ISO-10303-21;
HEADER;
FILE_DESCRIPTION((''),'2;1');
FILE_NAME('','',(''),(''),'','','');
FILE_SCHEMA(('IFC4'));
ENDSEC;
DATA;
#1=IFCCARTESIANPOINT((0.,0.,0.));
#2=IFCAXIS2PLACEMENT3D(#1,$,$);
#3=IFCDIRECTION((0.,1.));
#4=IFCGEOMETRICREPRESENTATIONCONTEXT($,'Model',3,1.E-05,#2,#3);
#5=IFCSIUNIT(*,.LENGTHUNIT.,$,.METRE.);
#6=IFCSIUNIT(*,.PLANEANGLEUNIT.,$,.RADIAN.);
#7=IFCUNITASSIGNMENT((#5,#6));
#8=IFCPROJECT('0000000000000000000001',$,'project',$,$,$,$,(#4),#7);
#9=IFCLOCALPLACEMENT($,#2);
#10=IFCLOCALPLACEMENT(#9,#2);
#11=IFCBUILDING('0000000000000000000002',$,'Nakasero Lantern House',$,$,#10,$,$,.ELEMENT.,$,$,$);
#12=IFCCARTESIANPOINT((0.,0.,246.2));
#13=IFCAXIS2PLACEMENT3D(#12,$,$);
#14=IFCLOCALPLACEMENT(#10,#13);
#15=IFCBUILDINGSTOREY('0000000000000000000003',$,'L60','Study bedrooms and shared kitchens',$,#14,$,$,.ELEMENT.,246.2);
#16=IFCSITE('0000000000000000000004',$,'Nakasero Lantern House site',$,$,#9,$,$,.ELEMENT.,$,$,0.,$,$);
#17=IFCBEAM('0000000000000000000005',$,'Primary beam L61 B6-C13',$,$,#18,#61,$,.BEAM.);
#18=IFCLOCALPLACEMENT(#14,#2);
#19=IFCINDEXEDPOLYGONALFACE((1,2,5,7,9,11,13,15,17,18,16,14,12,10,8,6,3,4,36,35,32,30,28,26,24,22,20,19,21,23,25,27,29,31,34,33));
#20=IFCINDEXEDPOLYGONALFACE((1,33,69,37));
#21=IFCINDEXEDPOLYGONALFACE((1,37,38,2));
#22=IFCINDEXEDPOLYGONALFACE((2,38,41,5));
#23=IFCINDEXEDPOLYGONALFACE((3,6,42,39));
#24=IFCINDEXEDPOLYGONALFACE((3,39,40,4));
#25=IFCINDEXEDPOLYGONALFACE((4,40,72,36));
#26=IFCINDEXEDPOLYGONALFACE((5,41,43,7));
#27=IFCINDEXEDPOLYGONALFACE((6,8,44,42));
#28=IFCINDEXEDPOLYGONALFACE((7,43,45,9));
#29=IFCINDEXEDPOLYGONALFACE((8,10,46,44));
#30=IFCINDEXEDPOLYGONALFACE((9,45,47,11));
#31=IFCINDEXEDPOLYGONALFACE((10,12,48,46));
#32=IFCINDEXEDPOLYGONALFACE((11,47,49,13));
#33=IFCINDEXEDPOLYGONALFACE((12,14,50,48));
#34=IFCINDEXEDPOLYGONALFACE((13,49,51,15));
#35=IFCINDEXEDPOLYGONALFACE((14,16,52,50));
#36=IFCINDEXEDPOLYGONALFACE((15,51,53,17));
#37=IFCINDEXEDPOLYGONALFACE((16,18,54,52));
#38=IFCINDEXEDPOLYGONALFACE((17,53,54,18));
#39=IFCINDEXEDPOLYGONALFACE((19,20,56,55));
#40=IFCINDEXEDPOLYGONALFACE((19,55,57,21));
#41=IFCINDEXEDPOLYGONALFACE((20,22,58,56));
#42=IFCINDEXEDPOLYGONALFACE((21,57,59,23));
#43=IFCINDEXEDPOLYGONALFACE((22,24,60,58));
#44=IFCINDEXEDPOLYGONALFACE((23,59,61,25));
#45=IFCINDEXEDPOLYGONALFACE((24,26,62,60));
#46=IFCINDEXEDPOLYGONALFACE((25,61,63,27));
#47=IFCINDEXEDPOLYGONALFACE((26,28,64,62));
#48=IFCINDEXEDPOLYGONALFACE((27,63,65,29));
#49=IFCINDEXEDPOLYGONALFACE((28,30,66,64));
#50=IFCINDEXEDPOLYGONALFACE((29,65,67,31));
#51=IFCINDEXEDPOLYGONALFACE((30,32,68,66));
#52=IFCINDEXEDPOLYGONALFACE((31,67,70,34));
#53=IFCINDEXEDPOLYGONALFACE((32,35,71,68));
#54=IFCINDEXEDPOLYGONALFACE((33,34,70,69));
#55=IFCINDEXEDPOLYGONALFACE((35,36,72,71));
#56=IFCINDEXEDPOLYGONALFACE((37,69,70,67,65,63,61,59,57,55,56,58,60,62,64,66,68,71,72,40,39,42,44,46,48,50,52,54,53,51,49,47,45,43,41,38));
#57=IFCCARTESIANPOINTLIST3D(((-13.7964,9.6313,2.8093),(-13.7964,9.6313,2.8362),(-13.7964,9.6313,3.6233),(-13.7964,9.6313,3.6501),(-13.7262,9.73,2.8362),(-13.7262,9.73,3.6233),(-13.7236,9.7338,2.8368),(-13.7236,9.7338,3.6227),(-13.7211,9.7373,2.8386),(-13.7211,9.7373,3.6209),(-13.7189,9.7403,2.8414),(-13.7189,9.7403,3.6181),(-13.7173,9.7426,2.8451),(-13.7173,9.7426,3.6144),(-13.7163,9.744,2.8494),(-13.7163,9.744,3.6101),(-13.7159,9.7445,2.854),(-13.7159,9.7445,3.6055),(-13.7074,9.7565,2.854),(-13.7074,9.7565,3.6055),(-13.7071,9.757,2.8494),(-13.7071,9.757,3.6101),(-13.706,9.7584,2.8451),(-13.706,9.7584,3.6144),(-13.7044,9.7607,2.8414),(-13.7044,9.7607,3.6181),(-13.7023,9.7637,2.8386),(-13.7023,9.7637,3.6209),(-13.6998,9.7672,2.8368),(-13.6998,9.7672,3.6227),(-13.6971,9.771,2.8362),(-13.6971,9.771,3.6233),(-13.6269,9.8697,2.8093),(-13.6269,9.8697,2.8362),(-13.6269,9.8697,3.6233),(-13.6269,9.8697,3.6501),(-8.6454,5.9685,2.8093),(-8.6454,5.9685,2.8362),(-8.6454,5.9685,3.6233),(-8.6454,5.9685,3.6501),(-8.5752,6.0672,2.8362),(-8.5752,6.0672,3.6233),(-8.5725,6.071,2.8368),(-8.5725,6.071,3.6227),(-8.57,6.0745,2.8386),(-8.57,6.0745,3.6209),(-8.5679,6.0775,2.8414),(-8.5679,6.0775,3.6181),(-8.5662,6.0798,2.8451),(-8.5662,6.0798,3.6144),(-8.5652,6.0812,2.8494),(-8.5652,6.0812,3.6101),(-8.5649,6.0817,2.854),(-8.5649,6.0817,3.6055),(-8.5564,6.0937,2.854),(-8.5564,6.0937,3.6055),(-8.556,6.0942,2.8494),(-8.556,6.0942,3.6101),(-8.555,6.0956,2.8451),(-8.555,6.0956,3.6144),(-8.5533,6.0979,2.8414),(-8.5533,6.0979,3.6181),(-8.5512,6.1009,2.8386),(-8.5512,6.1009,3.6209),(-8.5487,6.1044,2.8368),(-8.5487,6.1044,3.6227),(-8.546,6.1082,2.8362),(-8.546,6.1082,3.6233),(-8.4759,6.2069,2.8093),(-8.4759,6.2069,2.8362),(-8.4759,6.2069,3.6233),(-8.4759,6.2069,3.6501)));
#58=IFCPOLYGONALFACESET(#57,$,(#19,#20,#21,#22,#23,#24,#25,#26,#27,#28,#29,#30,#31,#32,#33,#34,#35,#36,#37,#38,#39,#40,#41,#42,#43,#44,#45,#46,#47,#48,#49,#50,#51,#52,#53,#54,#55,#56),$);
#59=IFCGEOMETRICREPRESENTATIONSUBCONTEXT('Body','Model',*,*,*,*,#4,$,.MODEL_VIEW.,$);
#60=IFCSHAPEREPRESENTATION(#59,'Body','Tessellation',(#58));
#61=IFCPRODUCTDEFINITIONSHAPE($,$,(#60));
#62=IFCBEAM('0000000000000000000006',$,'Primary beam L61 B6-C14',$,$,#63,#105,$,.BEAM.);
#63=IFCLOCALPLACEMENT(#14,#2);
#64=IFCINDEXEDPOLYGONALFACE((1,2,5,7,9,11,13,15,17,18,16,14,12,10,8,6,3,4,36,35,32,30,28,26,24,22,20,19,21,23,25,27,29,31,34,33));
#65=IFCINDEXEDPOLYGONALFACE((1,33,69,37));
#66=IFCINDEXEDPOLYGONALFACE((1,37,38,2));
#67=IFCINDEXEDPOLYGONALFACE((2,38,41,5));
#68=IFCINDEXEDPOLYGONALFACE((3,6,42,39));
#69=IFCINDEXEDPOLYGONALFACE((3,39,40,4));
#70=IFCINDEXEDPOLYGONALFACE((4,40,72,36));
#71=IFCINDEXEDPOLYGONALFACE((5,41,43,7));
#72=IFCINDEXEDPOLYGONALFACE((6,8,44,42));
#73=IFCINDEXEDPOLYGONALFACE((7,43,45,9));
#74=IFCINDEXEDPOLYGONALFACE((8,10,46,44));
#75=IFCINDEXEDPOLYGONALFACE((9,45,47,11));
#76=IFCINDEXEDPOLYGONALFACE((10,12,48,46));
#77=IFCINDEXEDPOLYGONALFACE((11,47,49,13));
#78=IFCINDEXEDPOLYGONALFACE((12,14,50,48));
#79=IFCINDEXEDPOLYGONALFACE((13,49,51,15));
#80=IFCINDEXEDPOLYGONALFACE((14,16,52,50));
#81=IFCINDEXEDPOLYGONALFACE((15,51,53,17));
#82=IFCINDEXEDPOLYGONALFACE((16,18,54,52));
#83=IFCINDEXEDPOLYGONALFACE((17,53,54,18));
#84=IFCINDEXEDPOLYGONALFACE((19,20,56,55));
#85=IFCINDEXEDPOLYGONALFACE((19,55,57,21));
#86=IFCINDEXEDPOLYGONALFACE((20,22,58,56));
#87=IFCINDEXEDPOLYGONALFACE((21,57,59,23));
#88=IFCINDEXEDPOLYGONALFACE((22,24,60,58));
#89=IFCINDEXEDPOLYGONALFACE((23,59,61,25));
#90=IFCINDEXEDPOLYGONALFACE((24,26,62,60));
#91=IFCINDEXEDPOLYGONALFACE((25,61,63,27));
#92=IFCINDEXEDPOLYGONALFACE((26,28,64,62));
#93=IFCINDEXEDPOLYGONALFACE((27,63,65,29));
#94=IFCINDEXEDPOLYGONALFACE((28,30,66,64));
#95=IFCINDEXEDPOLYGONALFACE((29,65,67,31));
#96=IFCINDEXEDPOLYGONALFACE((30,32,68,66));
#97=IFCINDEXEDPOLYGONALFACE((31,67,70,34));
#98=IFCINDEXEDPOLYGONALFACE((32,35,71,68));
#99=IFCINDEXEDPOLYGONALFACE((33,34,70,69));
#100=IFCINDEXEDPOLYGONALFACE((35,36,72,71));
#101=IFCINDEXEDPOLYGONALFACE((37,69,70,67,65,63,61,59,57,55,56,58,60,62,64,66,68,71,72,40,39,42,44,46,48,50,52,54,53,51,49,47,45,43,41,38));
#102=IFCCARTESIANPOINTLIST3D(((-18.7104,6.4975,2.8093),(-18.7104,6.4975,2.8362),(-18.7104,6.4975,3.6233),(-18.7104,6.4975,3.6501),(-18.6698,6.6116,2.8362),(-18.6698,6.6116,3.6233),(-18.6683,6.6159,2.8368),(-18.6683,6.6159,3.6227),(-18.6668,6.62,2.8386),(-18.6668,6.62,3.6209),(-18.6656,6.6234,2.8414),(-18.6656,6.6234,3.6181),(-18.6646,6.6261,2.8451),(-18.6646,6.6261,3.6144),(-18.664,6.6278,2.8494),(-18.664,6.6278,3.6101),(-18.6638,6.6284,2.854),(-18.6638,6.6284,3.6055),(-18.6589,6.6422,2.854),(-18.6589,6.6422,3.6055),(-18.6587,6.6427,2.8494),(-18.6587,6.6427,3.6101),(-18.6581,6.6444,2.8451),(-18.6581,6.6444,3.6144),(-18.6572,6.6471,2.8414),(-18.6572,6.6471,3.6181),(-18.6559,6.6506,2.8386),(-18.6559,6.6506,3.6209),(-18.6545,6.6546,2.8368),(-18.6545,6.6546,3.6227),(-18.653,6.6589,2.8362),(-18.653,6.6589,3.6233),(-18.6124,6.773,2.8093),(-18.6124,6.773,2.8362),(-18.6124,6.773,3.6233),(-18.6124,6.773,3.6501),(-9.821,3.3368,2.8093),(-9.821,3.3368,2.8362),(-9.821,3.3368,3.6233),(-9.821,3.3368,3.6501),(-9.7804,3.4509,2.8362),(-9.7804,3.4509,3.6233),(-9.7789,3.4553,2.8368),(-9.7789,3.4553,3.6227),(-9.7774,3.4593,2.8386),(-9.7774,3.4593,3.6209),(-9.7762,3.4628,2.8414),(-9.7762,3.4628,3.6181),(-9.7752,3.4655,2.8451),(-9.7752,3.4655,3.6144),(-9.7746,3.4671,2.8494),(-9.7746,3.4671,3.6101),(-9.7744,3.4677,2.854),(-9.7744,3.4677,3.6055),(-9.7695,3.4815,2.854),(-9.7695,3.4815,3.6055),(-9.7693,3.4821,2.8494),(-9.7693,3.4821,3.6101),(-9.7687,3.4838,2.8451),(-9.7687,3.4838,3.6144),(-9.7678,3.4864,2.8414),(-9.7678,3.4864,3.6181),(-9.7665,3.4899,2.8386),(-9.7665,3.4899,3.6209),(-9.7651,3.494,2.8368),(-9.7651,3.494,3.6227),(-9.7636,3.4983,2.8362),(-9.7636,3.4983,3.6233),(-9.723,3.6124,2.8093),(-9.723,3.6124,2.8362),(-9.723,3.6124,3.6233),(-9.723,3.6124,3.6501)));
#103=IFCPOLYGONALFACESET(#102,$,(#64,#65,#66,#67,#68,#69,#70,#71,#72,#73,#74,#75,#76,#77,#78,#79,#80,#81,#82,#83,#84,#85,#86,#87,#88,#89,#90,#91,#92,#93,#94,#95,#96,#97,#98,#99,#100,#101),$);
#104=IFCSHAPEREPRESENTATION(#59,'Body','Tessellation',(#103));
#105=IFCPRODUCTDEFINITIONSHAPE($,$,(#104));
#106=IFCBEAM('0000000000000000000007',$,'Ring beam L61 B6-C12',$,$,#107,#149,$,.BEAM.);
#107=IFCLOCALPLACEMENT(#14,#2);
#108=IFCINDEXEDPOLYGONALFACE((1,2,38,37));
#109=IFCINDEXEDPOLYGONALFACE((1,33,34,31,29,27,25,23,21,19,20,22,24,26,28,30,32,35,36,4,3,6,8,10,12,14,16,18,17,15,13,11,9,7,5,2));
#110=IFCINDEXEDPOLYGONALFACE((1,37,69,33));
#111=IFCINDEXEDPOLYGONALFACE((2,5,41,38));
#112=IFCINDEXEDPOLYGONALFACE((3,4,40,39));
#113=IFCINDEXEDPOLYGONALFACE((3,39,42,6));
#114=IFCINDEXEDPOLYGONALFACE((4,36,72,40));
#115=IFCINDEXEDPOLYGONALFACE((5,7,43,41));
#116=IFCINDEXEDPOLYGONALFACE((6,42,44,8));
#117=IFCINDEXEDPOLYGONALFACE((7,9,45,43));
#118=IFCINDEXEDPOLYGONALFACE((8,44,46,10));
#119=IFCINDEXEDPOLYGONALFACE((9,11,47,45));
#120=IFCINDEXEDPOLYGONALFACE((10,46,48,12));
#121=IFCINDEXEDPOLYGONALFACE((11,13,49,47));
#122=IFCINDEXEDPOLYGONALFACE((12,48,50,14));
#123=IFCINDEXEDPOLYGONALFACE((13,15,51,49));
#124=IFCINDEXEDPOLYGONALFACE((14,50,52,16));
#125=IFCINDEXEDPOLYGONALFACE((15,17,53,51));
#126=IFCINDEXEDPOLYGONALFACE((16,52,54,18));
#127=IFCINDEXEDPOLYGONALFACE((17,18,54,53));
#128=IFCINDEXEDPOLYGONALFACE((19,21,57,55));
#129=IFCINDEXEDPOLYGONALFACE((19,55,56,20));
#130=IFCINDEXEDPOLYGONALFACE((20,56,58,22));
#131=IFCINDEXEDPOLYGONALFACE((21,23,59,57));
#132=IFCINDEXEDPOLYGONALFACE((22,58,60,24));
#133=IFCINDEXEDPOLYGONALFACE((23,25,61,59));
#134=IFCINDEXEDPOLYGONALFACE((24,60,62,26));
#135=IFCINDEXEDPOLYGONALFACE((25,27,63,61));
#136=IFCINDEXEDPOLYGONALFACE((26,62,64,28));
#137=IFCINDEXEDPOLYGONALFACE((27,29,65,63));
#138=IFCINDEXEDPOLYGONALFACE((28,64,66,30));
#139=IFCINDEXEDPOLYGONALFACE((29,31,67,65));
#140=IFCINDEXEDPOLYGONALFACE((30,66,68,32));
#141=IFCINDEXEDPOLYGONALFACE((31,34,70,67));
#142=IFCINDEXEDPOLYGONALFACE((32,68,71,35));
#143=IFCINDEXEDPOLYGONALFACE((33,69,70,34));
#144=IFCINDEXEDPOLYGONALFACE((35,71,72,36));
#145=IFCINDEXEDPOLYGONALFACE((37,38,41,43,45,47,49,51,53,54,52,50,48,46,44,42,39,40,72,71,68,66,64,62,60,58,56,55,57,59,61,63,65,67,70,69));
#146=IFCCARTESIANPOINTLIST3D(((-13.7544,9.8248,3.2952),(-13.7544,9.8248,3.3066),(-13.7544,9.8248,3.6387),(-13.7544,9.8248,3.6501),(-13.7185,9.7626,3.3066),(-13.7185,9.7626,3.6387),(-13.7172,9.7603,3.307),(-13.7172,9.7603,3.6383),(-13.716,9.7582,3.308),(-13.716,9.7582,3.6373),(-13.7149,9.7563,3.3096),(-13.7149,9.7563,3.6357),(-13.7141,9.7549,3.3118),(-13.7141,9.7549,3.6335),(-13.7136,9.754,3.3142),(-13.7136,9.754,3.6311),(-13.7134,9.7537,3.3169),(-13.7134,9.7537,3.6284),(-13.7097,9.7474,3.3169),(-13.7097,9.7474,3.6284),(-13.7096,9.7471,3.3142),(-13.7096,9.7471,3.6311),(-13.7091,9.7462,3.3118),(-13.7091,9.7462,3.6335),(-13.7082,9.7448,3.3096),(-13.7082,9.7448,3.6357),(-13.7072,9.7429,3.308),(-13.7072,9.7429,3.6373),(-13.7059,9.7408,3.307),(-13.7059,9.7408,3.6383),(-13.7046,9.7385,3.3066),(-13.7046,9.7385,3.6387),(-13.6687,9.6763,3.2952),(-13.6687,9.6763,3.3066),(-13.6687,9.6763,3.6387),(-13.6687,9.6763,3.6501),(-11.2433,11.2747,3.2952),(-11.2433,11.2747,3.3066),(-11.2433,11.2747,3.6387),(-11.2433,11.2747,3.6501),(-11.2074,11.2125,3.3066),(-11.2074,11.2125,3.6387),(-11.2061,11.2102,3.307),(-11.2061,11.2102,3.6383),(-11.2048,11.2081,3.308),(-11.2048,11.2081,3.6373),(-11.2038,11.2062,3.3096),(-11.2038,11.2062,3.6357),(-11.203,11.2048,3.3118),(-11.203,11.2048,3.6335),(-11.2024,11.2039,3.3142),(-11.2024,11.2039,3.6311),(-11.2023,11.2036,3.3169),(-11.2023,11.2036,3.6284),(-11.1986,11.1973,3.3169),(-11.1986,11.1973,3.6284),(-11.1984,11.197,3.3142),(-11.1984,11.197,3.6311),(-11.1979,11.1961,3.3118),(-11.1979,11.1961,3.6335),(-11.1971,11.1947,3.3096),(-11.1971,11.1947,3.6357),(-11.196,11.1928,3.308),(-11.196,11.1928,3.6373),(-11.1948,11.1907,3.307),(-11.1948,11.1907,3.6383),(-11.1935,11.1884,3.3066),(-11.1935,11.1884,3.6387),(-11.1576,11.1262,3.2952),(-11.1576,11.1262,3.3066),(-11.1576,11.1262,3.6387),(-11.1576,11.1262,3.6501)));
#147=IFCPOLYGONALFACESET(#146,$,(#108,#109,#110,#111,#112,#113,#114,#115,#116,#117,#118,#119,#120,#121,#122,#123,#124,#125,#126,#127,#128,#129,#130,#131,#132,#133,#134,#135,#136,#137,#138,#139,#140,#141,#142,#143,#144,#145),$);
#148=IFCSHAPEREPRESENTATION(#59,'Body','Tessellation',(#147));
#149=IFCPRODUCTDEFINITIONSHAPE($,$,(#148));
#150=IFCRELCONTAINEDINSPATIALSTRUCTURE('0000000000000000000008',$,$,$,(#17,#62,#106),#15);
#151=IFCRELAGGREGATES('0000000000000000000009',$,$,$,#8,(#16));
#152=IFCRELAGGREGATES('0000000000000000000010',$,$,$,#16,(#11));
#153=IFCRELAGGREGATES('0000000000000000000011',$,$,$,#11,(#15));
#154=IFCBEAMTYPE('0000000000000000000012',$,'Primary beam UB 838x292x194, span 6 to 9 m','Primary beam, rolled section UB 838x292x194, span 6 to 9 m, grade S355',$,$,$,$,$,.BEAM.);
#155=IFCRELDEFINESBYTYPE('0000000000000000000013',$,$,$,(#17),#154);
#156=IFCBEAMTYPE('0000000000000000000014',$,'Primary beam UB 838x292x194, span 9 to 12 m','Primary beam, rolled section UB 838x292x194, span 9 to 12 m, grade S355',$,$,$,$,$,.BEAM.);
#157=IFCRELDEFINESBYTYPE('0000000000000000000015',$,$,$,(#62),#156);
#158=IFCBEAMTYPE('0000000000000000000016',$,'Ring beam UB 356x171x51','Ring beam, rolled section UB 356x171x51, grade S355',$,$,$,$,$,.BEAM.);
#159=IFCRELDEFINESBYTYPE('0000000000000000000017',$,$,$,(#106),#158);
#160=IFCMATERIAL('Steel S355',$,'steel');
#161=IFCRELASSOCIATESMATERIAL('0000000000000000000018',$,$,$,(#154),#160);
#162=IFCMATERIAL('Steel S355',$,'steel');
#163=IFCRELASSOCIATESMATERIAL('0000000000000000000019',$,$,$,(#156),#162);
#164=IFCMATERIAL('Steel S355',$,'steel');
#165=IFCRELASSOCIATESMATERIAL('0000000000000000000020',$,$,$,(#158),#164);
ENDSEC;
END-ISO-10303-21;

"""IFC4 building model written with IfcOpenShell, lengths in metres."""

from ifc_helpers import new_model, si_unit, direction, frame, origin, origin_2d, place, context, subcontext, project, spatial, i_section, extrude, material, material_profile, profile_set, type_object, element, save


model = new_model("IFC4")

# Units and contexts
model_context = context("Model", 3, precision=1e-05, world=origin(), true_north=direction((0.0, 1.0)))
body_context = subcontext(model_context, "Body", "Model", "MODEL_VIEW")
ifc_project = project(units=[si_unit("LENGTHUNIT", "METRE"), si_unit("PLANEANGLEUNIT", "RADIAN")], contexts=[model_context])

# Site, building, storey
site_placement = place(None, origin())
site = spatial("IfcSite", under=ifc_project, at=site_placement, Name="Nakasero Lantern House site", CompositionType="ELEMENT", RefElevation=0.0)
building_placement = place(site_placement, origin())
building = spatial("IfcBuilding", under=site, at=building_placement, Name="Nakasero Lantern House", CompositionType="ELEMENT")
storey_placement = place(building_placement, frame((0.0, 0.0, 246.2)))
storey = spatial("IfcBuildingStorey", under=building, at=storey_placement, Name="L60", Description="Study bedrooms and shared kitchens", CompositionType="ELEMENT", Elevation=246.2)

# Beams
ifc_material_1 = material(Name="Steel S355", Category="steel")
ifc_material_profile_1 = material_profile(ifc_material_1, i_section(OverallWidth=0.2925, OverallDepth=0.8408, WebThickness=0.0146, FlangeThickness=0.0269, FilletRadius=0.0178, at=origin_2d()), Name="UB 838x292x194")
ifc_profile_set_1 = profile_set([ifc_material_profile_1], Name="Steel S355")
beam_type_1 = type_object("IfcBeamType", Name="Primary beam UB 838x292x194, span 6 to 9 m", Description="Primary beam, rolled section UB 838x292x194, span 6 to 9 m, grade S355", PredefinedType="BEAM", material=ifc_profile_set_1)
beam_1_placement = place(storey_placement, frame((-13.7117, 9.7505, 3.2297), z_axis=(0.814969, -0.579505, 0.0), x_axis=(0.579505, 0.814969, 0.0)))
element("IfcBeam", 1, at=beam_1_placement, inside=storey, type_object=beam_type_1, Name="Primary beam L61 B6-C13", PredefinedType="BEAM", context=body_context, shape_type="SweptSolid", body=[
    extrude(i_section(OverallWidth=0.2925, OverallDepth=0.8408, WebThickness=0.0146, FlangeThickness=0.0269, FilletRadius=0.0178, at=origin_2d()), origin(), (0.0, 0.0, 1.0), 6.3206),
])
ifc_material_2 = material(Name="Steel S355", Category="steel")
ifc_material_profile_2 = material_profile(ifc_material_2, i_section(OverallWidth=0.2925, OverallDepth=0.8408, WebThickness=0.0146, FlangeThickness=0.0269, FilletRadius=0.0178, at=origin_2d()), Name="UB 838x292x194")
ifc_profile_set_2 = profile_set([ifc_material_profile_2], Name="Steel S355")
beam_type_2 = type_object("IfcBeamType", Name="Primary beam UB 838x292x194, span 9 to 12 m", Description="Primary beam, rolled section UB 838x292x194, span 9 to 12 m, grade S355", PredefinedType="BEAM", material=ifc_profile_set_2)
beam_2_placement = place(storey_placement, frame((-18.6614, 6.6353, 3.2297), z_axis=(0.942216, -0.335007, 0.0), x_axis=(0.335007, 0.942216, 0.0)))
element("IfcBeam", 2, at=beam_2_placement, inside=storey, type_object=beam_type_2, Name="Primary beam L61 B6-C14", PredefinedType="BEAM", context=body_context, shape_type="SweptSolid", body=[
    extrude(i_section(OverallWidth=0.2925, OverallDepth=0.8408, WebThickness=0.0146, FlangeThickness=0.0269, FilletRadius=0.0178, at=origin_2d()), origin(), (0.0, 0.0, 1.0), 9.4346),
])
ifc_material_3 = material(Name="Steel S355", Category="steel")
ifc_material_profile_3 = material_profile(ifc_material_3, i_section(OverallWidth=0.1714, OverallDepth=0.355, WebThickness=0.0073, FlangeThickness=0.0115, FilletRadius=0.0103, at=origin_2d()), Name="UB 356x171x51")
ifc_profile_set_3 = profile_set([ifc_material_profile_3], Name="Steel S355")
beam_type_3 = type_object("IfcBeamType", Name="Ring beam UB 356x171x51", Description="Ring beam, rolled section UB 356x171x51, grade S355", PredefinedType="BEAM", material=ifc_profile_set_3)
beam_3_placement = place(storey_placement, frame((-11.2004, 11.2004, 3.4727), z_axis=(-0.866012, -0.500024, 0.0), x_axis=(0.500024, -0.866012, 0.0)))
element("IfcBeam", 3, at=beam_3_placement, inside=storey, type_object=beam_type_3, Name="Ring beam L61 B6-C12", PredefinedType="BEAM", context=body_context, shape_type="SweptSolid", body=[
    extrude(i_section(OverallWidth=0.1714, OverallDepth=0.355, WebThickness=0.0073, FlangeThickness=0.0115, FilletRadius=0.0103, at=origin_2d()), origin(), (0.0, 0.0, 1.0), 2.8997),
])

save(model, "model.ifc")
